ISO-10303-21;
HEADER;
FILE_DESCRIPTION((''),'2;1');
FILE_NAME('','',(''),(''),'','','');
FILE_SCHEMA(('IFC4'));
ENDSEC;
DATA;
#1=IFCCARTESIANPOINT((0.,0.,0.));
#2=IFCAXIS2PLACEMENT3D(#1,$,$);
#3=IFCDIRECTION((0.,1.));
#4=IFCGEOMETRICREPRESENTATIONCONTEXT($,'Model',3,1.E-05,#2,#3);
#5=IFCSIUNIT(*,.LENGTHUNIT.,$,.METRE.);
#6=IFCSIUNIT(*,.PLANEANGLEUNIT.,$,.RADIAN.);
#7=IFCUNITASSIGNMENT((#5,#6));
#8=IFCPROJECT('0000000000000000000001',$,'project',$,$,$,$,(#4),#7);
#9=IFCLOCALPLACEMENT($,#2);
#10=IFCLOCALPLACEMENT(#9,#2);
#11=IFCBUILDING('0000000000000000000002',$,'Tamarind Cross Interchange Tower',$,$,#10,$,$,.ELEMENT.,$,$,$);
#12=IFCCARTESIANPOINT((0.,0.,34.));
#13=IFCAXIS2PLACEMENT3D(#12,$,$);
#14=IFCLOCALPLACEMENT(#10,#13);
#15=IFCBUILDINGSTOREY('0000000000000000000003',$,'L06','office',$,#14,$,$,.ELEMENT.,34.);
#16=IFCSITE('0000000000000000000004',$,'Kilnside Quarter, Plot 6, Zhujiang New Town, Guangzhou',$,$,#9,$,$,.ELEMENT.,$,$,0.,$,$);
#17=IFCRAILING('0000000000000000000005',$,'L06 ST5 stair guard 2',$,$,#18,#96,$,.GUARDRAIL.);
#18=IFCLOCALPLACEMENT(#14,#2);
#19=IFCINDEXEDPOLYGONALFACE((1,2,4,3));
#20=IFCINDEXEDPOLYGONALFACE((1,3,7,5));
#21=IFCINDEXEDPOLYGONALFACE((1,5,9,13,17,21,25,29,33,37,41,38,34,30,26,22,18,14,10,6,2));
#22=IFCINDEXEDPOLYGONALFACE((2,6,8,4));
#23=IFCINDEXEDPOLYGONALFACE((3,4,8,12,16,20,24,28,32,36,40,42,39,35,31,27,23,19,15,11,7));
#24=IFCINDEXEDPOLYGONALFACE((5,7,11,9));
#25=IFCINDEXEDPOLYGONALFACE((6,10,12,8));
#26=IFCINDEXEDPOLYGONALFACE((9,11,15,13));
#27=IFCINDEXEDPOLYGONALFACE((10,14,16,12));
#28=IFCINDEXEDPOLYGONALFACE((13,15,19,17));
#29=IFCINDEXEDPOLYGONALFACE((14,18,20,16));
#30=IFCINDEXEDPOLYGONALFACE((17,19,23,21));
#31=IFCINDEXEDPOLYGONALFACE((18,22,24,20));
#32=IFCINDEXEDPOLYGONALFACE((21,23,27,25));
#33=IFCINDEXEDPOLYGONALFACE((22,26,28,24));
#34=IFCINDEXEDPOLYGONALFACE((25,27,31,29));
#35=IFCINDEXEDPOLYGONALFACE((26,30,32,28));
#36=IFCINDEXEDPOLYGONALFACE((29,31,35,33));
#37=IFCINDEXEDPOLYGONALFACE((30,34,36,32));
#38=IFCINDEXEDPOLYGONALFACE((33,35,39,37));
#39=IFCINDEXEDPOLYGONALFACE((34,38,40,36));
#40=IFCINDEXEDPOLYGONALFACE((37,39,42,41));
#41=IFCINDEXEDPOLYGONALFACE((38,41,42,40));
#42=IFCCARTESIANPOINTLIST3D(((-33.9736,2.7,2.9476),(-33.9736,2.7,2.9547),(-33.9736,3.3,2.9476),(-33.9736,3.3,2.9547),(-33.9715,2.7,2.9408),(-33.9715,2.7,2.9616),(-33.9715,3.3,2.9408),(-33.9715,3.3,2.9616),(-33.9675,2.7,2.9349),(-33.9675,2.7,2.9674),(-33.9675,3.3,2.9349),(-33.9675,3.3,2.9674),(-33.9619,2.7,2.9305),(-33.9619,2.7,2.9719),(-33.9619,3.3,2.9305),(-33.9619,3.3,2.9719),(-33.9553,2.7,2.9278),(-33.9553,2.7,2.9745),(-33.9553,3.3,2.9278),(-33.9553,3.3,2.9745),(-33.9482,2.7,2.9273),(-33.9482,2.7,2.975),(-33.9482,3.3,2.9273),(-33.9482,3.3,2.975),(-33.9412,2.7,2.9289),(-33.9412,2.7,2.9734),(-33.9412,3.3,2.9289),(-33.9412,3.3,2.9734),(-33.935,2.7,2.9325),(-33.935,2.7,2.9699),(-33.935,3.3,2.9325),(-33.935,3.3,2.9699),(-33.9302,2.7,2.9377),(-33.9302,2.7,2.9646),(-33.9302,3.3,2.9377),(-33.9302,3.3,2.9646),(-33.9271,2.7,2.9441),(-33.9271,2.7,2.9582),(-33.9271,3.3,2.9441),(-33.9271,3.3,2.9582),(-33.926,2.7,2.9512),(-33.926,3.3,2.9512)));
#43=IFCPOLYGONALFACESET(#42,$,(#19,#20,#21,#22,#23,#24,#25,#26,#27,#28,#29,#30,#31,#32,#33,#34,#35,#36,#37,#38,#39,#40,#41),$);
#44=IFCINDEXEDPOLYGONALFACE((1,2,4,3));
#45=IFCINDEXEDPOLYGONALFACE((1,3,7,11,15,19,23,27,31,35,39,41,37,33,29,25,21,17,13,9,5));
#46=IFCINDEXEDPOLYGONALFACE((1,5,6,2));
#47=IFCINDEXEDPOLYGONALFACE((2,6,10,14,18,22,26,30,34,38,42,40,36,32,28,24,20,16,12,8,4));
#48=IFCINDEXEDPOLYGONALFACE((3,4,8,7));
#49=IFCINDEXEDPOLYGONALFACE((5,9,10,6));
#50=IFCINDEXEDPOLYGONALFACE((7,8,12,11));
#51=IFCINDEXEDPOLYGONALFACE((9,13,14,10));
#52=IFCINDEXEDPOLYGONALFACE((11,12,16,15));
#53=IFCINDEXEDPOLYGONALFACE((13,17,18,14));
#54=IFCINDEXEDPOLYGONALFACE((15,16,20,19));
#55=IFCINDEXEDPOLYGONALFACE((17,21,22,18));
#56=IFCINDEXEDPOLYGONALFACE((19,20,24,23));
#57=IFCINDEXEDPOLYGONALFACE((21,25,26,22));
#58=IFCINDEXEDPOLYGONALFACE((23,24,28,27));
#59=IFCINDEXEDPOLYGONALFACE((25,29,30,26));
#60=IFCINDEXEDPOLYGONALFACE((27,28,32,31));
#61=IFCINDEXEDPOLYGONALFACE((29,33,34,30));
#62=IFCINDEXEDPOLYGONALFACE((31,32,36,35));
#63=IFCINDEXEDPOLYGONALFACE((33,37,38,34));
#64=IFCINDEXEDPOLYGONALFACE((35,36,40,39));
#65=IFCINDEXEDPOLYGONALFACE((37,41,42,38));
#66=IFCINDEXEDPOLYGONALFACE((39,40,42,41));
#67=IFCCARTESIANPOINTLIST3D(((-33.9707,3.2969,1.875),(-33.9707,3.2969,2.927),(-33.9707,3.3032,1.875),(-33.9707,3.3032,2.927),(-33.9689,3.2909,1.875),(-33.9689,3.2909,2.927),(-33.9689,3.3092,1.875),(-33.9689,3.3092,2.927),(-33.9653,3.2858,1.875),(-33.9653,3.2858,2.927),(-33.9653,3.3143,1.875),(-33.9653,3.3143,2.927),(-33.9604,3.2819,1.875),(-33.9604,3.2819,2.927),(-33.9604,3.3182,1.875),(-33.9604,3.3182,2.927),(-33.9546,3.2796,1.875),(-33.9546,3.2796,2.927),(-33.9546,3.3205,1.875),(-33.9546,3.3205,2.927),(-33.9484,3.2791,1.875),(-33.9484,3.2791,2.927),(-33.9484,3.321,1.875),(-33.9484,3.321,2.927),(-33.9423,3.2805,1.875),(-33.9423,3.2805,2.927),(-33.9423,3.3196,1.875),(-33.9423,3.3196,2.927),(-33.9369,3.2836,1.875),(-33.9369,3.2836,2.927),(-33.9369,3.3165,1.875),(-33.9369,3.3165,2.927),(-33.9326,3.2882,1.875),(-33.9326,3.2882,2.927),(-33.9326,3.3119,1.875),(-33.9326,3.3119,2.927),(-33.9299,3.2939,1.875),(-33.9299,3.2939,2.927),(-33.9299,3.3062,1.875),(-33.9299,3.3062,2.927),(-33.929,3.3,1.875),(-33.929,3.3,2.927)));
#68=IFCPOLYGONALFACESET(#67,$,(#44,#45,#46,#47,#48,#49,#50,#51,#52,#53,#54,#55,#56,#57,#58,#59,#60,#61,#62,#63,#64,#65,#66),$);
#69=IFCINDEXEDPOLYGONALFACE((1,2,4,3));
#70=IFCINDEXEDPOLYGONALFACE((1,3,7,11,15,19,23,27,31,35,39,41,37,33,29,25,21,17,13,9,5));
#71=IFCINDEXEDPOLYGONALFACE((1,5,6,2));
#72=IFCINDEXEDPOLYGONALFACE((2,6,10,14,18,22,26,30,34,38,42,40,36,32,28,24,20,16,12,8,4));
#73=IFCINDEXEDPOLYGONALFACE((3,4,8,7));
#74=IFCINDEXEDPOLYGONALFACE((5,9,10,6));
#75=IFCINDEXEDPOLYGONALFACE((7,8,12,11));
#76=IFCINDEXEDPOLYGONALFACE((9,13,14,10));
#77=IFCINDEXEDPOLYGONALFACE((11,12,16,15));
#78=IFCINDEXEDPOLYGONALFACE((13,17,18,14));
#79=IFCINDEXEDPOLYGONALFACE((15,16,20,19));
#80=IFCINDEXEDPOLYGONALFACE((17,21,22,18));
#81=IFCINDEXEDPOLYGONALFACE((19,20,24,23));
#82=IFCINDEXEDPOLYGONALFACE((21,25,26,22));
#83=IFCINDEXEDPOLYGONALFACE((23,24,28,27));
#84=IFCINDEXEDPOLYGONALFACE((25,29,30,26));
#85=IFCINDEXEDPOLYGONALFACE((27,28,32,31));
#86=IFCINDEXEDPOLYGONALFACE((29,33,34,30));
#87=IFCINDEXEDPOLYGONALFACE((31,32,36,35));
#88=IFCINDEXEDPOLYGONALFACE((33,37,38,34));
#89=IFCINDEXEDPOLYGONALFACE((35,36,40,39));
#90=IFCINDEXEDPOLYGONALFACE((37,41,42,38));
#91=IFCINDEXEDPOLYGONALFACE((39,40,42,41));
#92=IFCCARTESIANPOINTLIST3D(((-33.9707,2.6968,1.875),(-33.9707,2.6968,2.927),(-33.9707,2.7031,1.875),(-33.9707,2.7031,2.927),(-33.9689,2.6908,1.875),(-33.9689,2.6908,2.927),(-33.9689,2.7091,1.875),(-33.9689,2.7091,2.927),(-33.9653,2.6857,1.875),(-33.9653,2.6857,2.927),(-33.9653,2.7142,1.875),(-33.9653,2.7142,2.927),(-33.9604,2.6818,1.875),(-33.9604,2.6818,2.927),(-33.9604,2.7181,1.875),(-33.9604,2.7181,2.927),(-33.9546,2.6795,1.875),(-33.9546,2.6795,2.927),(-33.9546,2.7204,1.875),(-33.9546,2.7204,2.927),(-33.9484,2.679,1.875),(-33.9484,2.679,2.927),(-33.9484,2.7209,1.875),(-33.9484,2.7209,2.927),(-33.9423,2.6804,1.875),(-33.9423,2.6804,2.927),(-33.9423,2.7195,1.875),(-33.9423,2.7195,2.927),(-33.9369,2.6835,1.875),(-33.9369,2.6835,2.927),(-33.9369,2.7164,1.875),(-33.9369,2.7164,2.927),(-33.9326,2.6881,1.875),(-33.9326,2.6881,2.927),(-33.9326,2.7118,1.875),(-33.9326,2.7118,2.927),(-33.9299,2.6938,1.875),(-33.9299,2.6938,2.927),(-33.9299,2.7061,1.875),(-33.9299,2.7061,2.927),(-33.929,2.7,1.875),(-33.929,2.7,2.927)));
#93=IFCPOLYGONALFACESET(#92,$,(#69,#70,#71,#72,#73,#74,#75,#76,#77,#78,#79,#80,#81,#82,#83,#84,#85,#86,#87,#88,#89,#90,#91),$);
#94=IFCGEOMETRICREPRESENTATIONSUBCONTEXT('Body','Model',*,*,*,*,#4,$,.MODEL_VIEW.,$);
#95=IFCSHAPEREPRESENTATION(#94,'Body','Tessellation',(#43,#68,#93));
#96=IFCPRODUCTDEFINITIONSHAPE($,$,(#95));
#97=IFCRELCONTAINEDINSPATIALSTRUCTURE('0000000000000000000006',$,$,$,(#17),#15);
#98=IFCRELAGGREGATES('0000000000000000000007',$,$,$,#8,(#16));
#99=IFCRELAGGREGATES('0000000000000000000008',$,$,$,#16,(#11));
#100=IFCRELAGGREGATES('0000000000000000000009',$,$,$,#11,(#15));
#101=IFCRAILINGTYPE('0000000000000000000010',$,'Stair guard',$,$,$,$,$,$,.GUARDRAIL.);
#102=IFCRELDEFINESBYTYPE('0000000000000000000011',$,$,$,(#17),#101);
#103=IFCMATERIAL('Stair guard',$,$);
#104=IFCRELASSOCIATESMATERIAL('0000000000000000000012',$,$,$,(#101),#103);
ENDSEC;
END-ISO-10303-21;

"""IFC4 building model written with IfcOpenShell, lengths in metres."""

from ifc_helpers import new_model, si_unit, direction, frame, origin, origin_2d, place, context, subcontext, project, spatial, circle, extrude, material, type_object, element, save


model = new_model("IFC4")

# Units and contexts
model_context = context("Model", 3, precision=1e-05, world=origin(), true_north=direction((0.0, 1.0)))
body_context = subcontext(model_context, "Body", "Model", "MODEL_VIEW")
ifc_project = project(units=[si_unit("LENGTHUNIT", "METRE"), si_unit("PLANEANGLEUNIT", "RADIAN")], contexts=[model_context])

# Site, building, storey
site_placement = place(None, origin())
site = spatial("IfcSite", under=ifc_project, at=site_placement, Name="Kilnside Quarter, Plot 6, Zhujiang New Town, Guangzhou", CompositionType="ELEMENT", RefElevation=0.0)
building_placement = place(site_placement, origin())
building = spatial("IfcBuilding", under=site, at=building_placement, Name="Tamarind Cross Interchange Tower", CompositionType="ELEMENT")
storey_placement = place(building_placement, frame((0.0, 0.0, 34.0)))
storey = spatial("IfcBuildingStorey", under=building, at=storey_placement, Name="L06", Description="office", CompositionType="ELEMENT", Elevation=34.0)

# Railing
ifc_material_1 = material(Name="Stair guard")
railing_type_1 = type_object("IfcRailingType", Name="Stair guard", PredefinedType="GUARDRAIL", material=ifc_material_1)
railing_1_placement = place(storey_placement, frame((-33.95, 3.3, 1.875)))
element("IfcRailing", 1, at=railing_1_placement, inside=storey, type_object=railing_type_1, Name="L06 ST5 stair guard 2", PredefinedType="GUARDRAIL", context=body_context, shape_type="SweptSolid", body=[
    extrude(circle(Radius=0.0239, at=origin_2d()), frame((0.0, 0.0, 1.0762), z_axis=(0.0, -1.0, 0.0), x_axis=(1.0, 0.0, 0.0)), (0.0, 0.0, 1.0), 0.6001),
    extrude(circle(Radius=0.021, at=origin_2d()), origin(), (0.0, 0.0, 1.0), 1.052),
    extrude(circle(Radius=0.021, at=origin_2d()), frame((0.0, -0.6001, 0.0)), (0.0, 0.0, 1.0), 1.052),
])

save(model, "model.ifc")
